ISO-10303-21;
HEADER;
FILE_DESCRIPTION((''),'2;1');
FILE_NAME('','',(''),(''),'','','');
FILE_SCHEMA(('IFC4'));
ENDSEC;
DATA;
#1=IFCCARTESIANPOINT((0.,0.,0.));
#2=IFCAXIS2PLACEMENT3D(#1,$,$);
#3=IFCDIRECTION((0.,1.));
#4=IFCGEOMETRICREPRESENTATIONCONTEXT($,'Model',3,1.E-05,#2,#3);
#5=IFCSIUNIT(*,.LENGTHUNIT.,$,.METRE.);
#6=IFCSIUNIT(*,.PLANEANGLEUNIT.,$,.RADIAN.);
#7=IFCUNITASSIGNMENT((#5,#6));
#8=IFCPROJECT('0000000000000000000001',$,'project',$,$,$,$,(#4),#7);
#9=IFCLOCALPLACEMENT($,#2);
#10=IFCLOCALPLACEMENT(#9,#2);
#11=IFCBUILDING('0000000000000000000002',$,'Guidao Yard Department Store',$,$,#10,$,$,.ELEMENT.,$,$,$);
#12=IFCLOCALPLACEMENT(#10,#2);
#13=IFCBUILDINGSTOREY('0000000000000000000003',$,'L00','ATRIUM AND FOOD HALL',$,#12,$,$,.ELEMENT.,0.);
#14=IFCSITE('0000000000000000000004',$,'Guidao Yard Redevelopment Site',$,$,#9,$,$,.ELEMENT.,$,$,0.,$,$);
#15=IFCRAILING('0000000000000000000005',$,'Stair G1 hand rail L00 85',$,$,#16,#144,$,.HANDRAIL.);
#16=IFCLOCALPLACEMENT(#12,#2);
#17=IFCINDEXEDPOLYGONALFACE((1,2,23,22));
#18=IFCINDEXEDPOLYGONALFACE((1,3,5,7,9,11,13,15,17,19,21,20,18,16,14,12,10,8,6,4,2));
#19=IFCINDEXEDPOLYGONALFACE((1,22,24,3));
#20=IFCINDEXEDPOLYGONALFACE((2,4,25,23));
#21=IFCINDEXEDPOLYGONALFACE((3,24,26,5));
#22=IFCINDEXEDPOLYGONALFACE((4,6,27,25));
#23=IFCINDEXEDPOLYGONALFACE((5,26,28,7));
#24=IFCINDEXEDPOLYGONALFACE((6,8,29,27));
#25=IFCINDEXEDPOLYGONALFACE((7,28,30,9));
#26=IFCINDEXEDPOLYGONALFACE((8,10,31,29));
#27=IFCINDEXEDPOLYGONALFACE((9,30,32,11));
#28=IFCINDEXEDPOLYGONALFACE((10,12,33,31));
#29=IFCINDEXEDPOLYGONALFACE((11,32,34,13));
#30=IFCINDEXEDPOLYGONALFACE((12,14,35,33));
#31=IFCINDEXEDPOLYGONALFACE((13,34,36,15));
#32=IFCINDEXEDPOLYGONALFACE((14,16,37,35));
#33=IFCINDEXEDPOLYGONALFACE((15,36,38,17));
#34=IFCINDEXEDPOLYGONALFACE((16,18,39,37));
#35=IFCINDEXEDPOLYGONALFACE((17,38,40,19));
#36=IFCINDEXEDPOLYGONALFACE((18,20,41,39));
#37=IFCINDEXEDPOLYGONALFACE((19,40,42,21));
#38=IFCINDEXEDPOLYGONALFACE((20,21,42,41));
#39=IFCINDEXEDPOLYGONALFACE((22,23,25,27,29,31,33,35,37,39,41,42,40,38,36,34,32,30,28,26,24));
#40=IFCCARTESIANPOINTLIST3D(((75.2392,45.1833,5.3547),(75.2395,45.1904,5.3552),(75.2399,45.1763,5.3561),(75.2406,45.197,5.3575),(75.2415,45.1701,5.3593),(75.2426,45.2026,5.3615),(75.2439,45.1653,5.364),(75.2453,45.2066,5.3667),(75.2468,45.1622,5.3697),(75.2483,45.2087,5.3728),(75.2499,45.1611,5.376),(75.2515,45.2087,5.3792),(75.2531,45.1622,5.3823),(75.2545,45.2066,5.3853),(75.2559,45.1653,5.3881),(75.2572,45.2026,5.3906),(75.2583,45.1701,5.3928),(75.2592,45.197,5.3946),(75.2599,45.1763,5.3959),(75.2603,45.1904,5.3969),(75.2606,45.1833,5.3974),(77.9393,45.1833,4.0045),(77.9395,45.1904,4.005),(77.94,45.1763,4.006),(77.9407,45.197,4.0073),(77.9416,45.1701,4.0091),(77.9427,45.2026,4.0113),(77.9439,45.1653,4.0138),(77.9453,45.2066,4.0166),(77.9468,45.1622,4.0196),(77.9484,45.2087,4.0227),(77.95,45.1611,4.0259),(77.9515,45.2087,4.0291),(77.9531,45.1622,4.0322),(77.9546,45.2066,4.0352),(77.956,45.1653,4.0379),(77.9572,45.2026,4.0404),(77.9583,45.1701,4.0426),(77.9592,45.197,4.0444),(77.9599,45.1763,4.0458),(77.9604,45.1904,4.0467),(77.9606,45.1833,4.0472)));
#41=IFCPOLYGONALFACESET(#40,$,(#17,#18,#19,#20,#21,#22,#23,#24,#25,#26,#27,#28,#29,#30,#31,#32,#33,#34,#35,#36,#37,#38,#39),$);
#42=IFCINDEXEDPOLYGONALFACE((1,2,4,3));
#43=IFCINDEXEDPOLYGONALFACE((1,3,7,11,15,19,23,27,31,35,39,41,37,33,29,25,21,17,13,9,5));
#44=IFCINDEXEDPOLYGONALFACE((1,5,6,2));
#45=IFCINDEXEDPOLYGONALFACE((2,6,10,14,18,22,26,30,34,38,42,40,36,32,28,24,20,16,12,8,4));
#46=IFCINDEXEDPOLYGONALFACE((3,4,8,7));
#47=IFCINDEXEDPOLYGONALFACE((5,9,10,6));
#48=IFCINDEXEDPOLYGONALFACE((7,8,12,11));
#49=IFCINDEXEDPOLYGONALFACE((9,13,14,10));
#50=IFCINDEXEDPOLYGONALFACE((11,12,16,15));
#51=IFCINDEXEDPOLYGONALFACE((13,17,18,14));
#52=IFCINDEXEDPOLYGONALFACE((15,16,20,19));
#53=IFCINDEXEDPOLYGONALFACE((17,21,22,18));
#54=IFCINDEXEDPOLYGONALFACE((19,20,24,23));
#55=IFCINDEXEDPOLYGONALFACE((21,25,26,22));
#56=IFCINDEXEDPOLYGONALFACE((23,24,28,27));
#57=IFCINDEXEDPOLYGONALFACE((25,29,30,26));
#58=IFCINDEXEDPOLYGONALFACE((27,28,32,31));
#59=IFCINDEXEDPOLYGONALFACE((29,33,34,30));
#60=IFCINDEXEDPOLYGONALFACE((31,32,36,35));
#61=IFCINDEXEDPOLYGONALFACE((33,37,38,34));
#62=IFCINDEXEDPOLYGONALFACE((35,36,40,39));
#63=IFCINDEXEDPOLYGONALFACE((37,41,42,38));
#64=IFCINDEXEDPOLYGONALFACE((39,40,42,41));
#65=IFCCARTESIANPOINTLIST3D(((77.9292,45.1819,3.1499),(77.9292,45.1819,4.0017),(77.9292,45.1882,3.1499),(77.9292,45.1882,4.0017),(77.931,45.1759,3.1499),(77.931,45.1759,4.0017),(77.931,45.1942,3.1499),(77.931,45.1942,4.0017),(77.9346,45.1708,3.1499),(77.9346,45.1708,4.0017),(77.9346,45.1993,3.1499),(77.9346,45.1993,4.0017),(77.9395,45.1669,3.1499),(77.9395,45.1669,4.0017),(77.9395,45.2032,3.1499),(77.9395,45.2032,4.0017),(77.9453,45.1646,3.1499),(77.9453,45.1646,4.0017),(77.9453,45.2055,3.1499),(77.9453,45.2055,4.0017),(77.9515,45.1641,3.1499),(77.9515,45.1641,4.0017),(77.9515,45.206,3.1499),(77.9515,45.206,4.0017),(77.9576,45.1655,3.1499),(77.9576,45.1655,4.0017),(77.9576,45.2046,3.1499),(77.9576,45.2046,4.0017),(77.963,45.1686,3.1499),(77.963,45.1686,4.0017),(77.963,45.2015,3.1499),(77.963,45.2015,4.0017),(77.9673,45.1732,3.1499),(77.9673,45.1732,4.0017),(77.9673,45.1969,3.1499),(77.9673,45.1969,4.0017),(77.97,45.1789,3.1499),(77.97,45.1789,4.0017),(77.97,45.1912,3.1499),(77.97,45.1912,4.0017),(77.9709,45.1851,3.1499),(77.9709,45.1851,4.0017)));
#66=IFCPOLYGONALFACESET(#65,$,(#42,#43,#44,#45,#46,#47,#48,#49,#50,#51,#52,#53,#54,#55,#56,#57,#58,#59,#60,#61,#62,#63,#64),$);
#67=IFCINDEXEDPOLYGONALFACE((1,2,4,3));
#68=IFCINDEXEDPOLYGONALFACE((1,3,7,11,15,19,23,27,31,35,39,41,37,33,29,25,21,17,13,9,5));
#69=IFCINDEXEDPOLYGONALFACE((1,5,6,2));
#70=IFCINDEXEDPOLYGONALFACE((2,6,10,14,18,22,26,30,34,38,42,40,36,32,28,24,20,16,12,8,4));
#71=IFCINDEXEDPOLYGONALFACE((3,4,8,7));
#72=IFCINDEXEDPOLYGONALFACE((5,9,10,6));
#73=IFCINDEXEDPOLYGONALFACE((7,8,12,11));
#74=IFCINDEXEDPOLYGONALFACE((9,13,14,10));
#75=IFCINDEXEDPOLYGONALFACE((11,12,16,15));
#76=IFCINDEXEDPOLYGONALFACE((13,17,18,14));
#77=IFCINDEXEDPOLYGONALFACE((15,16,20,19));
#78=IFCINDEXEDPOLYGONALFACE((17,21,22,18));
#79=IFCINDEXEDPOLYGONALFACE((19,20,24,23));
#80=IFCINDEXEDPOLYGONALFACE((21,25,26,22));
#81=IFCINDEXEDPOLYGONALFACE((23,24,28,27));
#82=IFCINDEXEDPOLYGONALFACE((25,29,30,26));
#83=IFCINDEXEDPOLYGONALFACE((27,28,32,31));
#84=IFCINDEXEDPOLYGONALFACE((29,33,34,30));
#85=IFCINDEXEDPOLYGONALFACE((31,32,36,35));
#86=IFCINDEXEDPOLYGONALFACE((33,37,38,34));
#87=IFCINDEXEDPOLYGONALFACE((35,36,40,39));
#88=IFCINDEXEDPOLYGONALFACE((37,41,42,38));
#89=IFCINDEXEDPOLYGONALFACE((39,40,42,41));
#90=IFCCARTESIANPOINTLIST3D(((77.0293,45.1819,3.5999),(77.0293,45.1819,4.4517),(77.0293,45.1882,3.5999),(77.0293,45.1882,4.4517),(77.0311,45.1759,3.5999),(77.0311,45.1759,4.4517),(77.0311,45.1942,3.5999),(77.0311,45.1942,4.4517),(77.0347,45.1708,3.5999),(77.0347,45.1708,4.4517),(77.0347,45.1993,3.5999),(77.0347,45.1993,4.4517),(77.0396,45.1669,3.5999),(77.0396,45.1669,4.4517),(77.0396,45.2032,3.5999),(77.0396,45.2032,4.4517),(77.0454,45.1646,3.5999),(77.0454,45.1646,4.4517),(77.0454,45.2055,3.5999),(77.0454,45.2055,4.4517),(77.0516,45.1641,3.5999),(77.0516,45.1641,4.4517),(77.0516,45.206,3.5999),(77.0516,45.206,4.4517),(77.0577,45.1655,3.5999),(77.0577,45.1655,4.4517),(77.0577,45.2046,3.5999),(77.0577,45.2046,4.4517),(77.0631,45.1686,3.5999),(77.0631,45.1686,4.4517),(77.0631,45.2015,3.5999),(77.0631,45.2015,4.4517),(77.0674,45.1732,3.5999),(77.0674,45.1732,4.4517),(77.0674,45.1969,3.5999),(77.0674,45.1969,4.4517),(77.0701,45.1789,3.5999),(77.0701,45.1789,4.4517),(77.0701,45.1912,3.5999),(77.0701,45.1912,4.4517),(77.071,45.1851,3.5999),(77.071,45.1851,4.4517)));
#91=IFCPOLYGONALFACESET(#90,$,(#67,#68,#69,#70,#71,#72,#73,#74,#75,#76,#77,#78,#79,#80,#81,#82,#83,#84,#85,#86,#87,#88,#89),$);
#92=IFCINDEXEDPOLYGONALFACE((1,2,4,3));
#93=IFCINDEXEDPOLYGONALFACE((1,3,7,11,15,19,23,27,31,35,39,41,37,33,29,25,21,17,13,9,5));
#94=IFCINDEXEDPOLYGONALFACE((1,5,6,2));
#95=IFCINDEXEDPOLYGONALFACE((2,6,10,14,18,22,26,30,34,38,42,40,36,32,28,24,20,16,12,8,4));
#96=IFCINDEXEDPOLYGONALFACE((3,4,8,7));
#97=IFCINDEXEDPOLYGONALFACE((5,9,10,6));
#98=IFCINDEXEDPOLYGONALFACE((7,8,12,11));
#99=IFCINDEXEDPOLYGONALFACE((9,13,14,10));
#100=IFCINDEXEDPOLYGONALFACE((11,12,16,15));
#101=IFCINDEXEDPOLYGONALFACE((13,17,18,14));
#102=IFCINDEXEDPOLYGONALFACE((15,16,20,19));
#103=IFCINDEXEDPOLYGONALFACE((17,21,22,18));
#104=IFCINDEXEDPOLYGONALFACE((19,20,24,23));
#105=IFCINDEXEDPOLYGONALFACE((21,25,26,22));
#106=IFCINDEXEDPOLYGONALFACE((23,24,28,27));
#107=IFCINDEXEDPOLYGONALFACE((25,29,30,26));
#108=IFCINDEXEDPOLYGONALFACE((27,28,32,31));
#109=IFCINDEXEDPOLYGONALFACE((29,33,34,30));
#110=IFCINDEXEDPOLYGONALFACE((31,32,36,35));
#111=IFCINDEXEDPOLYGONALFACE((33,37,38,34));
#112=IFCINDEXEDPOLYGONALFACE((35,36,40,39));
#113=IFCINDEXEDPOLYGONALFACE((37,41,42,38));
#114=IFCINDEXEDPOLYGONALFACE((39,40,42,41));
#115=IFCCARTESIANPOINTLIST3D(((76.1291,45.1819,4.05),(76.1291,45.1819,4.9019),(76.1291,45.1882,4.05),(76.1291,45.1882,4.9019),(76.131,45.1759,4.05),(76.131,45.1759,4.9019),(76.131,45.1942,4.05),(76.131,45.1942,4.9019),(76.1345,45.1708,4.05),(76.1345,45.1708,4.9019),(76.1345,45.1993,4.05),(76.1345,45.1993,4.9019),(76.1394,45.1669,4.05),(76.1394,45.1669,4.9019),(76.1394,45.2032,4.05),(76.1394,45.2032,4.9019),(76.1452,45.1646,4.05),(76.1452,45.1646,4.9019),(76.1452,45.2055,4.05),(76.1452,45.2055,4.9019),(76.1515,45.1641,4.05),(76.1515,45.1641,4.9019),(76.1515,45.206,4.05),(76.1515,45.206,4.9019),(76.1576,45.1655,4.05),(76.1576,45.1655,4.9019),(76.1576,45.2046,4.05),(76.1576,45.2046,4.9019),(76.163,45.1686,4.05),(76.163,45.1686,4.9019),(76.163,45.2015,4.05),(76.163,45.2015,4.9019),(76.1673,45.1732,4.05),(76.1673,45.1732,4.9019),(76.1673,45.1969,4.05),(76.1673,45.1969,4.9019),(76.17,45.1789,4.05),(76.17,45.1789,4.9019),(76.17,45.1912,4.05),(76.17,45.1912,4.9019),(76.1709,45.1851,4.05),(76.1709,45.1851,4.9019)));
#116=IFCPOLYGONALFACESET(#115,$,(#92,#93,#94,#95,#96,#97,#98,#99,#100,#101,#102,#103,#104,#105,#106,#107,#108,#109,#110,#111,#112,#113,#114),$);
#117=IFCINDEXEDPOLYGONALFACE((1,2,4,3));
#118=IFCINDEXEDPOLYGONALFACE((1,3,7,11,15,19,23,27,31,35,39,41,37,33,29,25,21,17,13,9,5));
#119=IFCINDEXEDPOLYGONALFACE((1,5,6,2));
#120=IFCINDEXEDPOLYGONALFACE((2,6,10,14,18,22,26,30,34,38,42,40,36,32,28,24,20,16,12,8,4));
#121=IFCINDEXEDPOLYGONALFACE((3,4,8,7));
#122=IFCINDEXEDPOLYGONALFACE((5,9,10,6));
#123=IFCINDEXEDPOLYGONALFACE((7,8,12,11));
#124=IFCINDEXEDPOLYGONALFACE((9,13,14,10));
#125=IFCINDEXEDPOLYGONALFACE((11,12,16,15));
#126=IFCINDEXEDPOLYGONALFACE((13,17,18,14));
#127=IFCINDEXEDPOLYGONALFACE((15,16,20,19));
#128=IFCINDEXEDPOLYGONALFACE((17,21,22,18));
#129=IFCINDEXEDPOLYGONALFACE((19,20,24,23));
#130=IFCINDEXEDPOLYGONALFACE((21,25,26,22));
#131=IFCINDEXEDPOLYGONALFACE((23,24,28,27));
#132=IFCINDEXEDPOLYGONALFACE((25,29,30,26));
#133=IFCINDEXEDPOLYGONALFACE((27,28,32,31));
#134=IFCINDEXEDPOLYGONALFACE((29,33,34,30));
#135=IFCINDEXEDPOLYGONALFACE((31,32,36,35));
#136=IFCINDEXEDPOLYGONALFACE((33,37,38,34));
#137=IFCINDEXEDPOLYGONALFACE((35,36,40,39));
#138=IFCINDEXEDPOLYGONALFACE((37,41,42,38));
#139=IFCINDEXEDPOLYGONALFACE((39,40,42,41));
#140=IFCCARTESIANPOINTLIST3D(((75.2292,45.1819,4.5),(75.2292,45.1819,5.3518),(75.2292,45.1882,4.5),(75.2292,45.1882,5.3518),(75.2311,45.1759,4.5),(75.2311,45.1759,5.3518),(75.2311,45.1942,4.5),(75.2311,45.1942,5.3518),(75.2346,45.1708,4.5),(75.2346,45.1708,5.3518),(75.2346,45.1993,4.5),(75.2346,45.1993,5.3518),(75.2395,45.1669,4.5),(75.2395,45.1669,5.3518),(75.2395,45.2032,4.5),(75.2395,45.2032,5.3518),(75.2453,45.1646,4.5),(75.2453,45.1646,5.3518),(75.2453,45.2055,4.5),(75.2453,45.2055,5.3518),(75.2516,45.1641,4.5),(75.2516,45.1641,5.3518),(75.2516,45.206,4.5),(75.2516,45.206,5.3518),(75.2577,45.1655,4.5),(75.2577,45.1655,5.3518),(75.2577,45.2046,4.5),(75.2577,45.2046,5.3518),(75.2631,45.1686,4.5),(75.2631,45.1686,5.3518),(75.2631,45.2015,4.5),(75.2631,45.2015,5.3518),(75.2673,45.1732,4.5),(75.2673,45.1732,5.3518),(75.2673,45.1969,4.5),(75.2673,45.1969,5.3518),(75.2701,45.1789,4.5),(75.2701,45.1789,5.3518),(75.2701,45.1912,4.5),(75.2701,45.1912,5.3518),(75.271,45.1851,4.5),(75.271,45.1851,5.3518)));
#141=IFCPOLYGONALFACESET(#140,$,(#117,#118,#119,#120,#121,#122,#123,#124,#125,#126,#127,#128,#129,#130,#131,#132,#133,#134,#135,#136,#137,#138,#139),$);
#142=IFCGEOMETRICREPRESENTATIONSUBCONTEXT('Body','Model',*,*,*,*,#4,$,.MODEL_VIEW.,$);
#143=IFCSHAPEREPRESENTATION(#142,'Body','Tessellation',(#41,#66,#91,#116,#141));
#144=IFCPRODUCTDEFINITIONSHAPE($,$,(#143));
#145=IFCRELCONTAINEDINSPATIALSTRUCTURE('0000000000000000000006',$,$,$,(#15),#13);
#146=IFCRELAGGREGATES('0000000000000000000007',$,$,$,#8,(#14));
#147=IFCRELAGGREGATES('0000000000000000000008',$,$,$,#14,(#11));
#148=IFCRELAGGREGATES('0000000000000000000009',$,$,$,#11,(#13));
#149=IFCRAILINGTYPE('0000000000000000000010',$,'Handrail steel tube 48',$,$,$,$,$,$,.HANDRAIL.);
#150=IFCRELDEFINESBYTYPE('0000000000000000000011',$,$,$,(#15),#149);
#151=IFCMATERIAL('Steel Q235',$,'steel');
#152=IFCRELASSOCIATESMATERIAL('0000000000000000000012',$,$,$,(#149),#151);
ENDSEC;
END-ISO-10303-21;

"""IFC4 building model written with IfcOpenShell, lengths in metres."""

from ifc_helpers import new_model, si_unit, direction, frame, origin, origin_2d, place, context, subcontext, project, spatial, circle, extrude, material, type_object, element, save


model = new_model("IFC4")

# Units and contexts
model_context = context("Model", 3, precision=1e-05, world=origin(), true_north=direction((0.0, 1.0)))
body_context = subcontext(model_context, "Body", "Model", "MODEL_VIEW")
ifc_project = project(units=[si_unit("LENGTHUNIT", "METRE"), si_unit("PLANEANGLEUNIT", "RADIAN")], contexts=[model_context])

# Site, building, storey
site_placement = place(None, origin())
site = spatial("IfcSite", under=ifc_project, at=site_placement, Name="Guidao Yard Redevelopment Site", CompositionType="ELEMENT", RefElevation=0.0)
building_placement = place(site_placement, origin())
building = spatial("IfcBuilding", under=site, at=building_placement, Name="Guidao Yard Department Store", CompositionType="ELEMENT")
storey_placement = place(building_placement, origin())
storey = spatial("IfcBuildingStorey", under=building, at=storey_placement, Name="L00", Description="ATRIUM AND FOOD HALL", CompositionType="ELEMENT", Elevation=0.0)

# Railing
ifc_material_1 = material(Name="Steel Q235", Category="steel")
railing_type = type_object("IfcRailingType", Name="Handrail steel tube 48", PredefinedType="HANDRAIL", material=ifc_material_1)
for number, where, name in (
    (1, (77.95, 45.1851, 3.1499), "Stair G1 hand rail L00 85"),
):
    element("IfcRailing", number, at=place(storey_placement, frame(where)), inside=storey, type_object=railing_type, Name=name, PredefinedType="HANDRAIL", context=body_context, shape_type="SweptSolid", body=[
        extrude(circle(Radius=0.0239, at=origin_2d()), frame((0.0, 0.0, 0.876), z_axis=(-0.894411, 0.0, 0.447246), x_axis=(0.0, -1.0, 0.0)), (0.0, 0.0, 1.0), 3.0188),
        extrude(circle(Radius=0.021, at=origin_2d()), origin(), (0.0, 0.0, 1.0), 0.8518),
        extrude(circle(Radius=0.021, at=origin_2d()), frame((-0.8999, 0.0, 0.45)), (0.0, 0.0, 1.0), 0.8518),
        extrude(circle(Radius=0.021, at=origin_2d()), frame((-1.8, 0.0, 0.9001)), (0.0, 0.0, 1.0), 0.8518),
        extrude(circle(Radius=0.021, at=origin_2d()), frame((-2.7, 0.0, 1.3501)), (0.0, 0.0, 1.0), 0.8518),
    ])

save(model, "model.ifc")
